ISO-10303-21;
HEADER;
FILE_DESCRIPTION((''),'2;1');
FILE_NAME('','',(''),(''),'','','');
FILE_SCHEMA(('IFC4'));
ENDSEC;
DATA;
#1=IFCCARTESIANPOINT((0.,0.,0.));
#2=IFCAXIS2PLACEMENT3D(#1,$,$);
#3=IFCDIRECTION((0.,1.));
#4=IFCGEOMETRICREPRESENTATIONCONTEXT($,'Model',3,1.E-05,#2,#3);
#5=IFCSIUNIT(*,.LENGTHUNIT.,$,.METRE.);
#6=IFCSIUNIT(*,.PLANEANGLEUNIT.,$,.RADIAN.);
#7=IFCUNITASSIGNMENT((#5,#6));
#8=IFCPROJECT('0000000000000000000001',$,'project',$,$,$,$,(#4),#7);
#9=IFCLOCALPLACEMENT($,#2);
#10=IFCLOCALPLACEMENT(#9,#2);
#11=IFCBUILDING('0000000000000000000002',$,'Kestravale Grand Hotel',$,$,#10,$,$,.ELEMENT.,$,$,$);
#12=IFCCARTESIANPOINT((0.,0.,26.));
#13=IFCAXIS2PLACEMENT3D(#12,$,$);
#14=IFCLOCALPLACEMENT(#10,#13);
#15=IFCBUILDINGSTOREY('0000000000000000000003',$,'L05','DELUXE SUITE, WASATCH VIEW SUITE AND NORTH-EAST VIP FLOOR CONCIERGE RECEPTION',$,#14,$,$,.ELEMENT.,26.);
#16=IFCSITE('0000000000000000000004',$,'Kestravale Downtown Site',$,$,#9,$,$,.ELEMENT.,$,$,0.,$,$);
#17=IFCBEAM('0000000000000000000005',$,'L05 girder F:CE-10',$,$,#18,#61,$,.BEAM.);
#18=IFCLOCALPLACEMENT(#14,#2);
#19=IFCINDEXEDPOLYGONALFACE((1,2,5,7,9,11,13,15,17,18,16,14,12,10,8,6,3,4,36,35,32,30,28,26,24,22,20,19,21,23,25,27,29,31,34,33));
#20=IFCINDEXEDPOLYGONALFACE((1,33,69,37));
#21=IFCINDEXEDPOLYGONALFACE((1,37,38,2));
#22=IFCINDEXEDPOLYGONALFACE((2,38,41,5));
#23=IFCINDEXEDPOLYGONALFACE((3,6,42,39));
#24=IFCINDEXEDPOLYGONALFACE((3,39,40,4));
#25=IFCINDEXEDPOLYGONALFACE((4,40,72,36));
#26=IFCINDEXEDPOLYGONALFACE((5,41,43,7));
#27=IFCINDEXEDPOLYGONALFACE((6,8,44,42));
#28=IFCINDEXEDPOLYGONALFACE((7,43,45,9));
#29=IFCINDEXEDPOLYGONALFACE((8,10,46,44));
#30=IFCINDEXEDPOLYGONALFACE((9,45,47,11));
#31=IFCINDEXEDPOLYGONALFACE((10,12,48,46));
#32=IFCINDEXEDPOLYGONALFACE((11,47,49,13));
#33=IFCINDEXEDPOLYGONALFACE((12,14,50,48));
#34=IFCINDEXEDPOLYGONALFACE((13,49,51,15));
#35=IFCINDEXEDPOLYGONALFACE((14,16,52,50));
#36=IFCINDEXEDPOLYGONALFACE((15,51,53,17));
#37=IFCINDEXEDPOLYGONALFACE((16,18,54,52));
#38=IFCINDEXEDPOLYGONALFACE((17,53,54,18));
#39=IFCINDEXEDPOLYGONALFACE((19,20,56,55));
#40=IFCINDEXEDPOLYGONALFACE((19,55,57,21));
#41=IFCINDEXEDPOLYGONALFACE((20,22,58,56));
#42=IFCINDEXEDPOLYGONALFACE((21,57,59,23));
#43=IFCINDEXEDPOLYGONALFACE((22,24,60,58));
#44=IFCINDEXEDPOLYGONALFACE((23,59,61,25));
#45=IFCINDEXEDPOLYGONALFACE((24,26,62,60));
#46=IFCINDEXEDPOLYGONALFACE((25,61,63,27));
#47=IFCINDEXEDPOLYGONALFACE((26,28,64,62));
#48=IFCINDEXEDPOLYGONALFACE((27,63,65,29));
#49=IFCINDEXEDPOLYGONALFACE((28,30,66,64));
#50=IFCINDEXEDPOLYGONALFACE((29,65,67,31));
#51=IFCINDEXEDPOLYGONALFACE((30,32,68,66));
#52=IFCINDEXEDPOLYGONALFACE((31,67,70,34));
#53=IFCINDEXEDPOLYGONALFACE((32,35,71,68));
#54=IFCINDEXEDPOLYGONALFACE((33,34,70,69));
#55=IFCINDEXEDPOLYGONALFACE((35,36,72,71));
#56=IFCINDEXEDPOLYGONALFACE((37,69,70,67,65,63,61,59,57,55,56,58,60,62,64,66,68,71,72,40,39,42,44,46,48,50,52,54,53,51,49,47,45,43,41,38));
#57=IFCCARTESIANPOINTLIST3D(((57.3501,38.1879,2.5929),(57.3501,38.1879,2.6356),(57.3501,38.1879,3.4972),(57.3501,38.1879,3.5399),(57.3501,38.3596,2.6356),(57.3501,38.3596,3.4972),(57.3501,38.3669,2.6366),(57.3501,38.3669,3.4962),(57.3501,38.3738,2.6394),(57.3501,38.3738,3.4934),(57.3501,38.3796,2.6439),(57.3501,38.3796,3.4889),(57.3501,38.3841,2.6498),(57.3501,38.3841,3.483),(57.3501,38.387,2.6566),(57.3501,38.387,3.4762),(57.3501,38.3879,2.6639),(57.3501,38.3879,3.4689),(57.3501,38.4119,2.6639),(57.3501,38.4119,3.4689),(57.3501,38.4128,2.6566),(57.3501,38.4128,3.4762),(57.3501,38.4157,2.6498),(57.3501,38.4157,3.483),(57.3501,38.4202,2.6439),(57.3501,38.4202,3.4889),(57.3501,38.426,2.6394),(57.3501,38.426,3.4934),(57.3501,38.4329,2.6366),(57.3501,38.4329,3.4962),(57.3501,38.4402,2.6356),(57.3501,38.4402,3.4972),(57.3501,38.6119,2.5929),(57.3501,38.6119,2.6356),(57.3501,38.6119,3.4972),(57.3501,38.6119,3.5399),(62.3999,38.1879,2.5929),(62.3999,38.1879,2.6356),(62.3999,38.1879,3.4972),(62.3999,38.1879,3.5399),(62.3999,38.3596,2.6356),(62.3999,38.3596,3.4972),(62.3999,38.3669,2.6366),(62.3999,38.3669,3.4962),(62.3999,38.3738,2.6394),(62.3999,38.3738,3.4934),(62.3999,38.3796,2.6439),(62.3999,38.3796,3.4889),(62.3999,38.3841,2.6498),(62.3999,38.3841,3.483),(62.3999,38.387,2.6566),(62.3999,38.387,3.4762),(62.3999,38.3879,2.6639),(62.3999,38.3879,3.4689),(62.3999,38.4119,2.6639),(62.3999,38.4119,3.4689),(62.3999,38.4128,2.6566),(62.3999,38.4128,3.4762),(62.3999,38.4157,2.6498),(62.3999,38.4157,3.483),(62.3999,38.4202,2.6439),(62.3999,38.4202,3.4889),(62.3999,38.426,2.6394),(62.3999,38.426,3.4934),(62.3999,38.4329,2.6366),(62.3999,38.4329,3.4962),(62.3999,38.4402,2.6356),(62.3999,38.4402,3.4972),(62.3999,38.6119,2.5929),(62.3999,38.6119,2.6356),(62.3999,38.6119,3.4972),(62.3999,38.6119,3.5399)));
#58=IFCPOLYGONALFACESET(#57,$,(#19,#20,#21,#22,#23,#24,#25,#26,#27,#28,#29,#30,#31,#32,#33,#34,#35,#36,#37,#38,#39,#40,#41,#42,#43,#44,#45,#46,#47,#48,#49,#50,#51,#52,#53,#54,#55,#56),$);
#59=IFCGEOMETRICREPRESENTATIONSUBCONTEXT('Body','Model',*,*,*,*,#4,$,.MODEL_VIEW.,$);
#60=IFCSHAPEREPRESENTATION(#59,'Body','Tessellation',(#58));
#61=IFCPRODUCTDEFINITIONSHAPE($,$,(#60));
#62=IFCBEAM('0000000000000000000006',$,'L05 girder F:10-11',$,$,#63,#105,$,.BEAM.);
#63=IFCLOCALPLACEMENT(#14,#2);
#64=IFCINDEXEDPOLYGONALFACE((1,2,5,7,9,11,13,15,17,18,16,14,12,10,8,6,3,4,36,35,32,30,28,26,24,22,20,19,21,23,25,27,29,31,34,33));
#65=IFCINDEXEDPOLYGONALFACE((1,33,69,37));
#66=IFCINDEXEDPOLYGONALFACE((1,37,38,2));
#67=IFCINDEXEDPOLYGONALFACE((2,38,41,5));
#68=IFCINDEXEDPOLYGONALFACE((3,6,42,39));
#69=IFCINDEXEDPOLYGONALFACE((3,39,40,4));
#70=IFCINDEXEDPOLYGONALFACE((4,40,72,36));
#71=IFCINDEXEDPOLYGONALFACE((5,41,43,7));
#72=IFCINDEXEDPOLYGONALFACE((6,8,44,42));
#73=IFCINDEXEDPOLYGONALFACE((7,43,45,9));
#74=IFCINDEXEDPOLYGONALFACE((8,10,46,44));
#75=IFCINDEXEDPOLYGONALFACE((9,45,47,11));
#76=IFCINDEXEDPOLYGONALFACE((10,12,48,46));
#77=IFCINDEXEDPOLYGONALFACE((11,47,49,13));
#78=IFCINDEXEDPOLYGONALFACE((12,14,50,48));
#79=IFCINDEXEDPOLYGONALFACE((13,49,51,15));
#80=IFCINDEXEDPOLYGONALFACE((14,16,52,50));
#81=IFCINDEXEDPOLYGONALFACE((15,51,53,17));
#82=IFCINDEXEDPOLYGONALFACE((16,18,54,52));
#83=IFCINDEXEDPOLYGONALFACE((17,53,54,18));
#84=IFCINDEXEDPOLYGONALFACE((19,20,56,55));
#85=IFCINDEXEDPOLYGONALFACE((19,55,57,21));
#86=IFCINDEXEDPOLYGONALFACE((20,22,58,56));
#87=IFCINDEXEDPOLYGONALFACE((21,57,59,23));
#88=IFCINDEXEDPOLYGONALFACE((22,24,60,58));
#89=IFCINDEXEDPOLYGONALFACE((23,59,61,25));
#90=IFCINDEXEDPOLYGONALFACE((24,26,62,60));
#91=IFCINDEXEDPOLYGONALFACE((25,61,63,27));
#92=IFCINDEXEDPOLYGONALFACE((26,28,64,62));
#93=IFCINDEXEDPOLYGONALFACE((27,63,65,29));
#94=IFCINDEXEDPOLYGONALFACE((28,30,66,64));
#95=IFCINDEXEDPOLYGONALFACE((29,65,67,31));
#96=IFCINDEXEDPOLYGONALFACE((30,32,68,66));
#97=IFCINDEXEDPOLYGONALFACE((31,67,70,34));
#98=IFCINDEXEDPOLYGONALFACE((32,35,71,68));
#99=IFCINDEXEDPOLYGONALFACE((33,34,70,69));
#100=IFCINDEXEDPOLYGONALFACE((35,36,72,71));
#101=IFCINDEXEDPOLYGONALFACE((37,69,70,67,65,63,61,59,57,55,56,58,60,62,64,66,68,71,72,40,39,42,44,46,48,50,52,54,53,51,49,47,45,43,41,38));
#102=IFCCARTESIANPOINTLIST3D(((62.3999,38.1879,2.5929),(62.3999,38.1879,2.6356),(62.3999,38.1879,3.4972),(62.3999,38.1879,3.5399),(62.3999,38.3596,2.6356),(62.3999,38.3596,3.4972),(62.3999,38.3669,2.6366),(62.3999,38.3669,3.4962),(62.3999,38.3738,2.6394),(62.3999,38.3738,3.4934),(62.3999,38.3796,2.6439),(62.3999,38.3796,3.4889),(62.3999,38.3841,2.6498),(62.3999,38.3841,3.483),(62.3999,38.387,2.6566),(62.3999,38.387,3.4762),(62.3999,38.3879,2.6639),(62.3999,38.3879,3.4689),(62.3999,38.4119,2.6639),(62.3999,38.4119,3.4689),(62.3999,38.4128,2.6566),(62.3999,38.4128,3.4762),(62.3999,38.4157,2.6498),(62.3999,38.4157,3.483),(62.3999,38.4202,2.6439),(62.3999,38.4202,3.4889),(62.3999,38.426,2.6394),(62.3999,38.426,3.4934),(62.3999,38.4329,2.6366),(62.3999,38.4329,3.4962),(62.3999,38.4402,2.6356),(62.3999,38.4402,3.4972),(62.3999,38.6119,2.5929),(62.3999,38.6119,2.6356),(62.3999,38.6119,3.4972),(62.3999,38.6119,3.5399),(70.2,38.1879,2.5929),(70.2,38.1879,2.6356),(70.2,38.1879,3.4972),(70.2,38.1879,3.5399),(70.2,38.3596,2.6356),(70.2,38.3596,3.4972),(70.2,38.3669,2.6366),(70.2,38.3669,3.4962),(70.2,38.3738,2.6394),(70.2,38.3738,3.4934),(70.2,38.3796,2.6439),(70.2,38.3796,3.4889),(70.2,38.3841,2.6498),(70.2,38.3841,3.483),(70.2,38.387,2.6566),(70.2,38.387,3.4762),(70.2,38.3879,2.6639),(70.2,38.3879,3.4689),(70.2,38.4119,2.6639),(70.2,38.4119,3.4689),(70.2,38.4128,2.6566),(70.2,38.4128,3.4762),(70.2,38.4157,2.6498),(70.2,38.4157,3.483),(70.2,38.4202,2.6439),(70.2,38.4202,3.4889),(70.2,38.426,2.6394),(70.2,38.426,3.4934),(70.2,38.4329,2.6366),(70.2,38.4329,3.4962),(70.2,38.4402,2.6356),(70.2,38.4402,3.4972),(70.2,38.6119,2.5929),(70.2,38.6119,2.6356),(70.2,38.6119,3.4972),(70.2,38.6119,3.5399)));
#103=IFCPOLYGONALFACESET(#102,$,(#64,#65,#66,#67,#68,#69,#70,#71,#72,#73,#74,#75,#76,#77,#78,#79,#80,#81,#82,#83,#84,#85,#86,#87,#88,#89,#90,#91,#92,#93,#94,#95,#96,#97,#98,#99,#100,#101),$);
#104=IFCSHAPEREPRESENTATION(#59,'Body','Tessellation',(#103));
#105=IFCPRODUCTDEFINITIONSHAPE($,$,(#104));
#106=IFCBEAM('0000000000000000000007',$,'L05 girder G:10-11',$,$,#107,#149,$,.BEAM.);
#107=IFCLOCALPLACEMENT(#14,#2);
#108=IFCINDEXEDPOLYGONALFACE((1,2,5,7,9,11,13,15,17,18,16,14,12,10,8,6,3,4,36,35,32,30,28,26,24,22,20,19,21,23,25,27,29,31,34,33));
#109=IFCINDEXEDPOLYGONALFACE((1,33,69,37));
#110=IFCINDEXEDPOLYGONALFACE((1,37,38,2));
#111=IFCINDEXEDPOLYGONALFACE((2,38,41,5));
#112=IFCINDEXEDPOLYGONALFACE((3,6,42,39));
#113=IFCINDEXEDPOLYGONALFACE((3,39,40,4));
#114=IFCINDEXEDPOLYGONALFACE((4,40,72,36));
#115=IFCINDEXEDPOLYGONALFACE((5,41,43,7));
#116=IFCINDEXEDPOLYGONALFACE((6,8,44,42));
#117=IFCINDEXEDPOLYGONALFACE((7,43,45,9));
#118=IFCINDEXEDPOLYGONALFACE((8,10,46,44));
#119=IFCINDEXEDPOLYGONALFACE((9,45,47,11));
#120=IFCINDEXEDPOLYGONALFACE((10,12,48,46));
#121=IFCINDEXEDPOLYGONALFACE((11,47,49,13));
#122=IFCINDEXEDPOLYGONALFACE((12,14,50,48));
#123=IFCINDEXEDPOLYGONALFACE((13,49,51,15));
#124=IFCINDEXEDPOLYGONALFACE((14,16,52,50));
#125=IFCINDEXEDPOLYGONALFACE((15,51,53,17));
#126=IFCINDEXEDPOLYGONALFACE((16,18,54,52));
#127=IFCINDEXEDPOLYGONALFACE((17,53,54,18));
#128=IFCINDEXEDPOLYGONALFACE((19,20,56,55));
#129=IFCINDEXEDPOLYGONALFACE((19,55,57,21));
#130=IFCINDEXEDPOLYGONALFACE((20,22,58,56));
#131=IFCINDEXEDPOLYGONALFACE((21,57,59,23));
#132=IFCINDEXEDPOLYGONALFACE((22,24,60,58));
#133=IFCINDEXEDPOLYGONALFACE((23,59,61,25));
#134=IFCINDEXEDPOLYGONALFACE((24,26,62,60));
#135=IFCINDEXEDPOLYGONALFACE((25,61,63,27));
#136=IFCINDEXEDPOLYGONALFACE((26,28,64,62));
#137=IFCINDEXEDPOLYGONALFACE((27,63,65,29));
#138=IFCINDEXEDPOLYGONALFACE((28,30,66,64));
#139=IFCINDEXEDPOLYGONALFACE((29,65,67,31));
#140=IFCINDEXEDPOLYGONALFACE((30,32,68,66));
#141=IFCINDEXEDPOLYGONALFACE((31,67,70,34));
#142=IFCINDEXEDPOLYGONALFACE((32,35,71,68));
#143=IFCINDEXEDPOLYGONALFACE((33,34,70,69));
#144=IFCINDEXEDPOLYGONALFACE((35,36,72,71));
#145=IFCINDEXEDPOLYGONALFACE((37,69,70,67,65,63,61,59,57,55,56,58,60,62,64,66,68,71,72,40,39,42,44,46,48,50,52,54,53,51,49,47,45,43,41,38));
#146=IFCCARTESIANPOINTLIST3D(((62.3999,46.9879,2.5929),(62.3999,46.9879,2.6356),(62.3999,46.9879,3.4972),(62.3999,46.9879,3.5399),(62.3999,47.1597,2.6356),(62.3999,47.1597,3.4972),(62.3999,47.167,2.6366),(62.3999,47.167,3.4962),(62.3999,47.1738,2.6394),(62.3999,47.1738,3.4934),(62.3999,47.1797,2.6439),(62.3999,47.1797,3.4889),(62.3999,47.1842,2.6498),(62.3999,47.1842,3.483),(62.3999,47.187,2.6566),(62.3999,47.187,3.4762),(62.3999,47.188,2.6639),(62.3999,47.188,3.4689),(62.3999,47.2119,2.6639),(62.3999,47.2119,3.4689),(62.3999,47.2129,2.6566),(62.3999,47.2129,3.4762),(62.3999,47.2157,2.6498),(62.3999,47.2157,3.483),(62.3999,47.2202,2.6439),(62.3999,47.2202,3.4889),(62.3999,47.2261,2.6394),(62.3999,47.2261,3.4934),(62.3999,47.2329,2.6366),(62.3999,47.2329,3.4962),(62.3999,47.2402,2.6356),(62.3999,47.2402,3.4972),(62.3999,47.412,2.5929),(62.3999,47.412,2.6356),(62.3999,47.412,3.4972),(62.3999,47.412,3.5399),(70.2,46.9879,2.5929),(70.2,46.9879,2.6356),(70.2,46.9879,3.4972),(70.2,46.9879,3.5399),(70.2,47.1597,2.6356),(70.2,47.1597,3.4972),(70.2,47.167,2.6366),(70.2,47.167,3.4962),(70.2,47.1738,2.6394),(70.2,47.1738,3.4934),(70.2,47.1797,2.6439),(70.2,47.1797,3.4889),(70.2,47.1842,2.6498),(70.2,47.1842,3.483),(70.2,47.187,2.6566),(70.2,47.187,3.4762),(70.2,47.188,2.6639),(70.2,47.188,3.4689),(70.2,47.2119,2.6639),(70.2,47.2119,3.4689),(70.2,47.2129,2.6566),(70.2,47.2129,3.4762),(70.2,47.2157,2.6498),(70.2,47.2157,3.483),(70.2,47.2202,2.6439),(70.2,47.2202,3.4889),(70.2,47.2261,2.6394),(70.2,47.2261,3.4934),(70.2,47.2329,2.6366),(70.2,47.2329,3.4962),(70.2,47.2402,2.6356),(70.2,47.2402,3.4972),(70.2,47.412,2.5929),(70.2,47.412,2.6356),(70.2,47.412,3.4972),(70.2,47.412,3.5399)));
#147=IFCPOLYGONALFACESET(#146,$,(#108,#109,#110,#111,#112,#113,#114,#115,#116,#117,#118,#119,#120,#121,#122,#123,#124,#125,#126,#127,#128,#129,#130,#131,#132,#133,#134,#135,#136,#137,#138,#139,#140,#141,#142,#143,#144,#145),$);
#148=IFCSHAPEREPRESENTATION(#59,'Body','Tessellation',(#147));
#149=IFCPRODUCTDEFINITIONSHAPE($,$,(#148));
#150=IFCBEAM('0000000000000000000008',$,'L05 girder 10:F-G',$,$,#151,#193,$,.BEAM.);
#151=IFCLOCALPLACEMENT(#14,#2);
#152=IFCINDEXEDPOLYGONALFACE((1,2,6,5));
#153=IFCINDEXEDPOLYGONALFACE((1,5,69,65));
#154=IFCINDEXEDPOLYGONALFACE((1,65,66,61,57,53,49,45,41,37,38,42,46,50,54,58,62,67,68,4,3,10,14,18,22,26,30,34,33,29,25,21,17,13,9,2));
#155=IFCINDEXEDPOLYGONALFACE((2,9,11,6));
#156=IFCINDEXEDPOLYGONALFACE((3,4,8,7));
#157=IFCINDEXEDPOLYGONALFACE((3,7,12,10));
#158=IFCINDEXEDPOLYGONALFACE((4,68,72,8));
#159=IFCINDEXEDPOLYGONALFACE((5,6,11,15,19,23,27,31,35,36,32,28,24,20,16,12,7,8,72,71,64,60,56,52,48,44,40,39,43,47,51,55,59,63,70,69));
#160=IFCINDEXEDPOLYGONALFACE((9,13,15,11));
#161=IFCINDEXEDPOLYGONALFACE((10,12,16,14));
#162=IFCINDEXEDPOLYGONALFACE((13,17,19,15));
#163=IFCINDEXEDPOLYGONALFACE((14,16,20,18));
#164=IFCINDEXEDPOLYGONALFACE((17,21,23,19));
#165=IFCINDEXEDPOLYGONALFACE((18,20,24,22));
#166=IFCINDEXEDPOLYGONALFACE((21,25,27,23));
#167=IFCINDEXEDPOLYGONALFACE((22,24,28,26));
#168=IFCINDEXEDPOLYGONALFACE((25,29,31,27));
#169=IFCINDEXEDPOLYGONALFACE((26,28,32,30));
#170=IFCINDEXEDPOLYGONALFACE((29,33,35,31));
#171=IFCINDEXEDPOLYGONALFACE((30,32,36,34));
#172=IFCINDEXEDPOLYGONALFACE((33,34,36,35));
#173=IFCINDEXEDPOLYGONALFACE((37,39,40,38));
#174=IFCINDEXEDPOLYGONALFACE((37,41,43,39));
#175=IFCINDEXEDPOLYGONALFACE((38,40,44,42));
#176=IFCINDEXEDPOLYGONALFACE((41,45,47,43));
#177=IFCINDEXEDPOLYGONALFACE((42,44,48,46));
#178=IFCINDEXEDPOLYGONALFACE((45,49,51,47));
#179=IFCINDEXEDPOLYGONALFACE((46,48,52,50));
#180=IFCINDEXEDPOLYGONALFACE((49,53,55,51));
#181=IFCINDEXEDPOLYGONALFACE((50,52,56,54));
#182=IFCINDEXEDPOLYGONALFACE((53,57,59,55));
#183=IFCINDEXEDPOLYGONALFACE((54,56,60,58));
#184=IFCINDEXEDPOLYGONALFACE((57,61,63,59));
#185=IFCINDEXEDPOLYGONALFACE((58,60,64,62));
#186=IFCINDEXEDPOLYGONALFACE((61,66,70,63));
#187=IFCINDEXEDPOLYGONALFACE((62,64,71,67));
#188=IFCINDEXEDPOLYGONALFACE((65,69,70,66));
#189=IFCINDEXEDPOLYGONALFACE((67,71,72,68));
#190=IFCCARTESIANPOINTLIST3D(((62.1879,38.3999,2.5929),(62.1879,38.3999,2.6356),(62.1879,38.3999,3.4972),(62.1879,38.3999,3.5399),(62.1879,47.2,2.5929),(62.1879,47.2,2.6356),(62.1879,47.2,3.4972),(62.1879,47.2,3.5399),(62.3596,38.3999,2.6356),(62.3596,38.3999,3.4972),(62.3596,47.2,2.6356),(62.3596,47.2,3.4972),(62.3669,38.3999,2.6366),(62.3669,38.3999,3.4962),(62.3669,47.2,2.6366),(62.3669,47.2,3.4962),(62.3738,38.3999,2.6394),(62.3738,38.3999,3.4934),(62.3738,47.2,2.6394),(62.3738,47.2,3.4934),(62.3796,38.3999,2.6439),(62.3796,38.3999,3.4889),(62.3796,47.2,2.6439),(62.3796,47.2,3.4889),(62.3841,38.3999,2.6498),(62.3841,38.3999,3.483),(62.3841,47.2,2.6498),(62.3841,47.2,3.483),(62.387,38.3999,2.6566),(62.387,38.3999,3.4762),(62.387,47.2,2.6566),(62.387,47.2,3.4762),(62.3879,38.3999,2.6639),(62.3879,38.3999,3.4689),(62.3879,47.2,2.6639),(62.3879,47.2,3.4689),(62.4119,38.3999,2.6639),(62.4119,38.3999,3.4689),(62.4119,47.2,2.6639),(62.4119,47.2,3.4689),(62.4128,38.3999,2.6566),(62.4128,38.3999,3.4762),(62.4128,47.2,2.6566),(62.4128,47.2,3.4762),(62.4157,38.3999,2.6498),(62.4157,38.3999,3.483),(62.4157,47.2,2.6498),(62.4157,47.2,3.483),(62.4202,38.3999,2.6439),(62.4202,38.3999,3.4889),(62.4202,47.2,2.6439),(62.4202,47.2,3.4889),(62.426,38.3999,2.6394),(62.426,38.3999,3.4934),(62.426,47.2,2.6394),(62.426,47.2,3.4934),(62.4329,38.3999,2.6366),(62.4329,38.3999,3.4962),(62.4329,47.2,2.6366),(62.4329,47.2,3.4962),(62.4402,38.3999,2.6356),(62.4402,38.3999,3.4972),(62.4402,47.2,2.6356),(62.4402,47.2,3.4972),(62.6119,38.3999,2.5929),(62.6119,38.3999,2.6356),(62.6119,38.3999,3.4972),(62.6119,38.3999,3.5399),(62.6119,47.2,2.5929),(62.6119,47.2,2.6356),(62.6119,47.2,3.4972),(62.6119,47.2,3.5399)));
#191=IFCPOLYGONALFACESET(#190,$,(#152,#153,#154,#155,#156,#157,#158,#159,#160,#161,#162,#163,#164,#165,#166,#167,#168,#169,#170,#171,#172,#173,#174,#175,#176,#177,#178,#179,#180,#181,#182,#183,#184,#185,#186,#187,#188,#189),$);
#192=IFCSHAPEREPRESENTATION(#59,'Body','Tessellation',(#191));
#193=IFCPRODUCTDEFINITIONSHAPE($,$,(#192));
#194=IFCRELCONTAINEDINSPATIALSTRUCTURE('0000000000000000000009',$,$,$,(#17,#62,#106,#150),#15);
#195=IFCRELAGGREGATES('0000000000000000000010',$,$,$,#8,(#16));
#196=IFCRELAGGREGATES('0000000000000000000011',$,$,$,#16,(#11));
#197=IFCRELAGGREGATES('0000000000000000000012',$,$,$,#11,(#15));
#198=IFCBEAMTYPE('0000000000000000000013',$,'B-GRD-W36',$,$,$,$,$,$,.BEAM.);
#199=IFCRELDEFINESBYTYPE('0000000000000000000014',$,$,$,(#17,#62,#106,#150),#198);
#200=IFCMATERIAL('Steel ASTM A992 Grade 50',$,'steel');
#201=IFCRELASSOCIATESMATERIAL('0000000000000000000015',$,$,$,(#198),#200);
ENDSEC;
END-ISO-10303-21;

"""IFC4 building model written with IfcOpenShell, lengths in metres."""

from ifc_helpers import new_model, si_unit, direction, frame, origin, origin_2d, place, context, subcontext, project, spatial, i_section, extrude, material, material_profile, profile_set, type_object, element, save


model = new_model("IFC4")

# Units and contexts
model_context = context("Model", 3, precision=1e-05, world=origin(), true_north=direction((0.0, 1.0)))
body_context = subcontext(model_context, "Body", "Model", "MODEL_VIEW")
ifc_project = project(units=[si_unit("LENGTHUNIT", "METRE"), si_unit("PLANEANGLEUNIT", "RADIAN")], contexts=[model_context])

# Site, building, storey
site_placement = place(None, origin())
site = spatial("IfcSite", under=ifc_project, at=site_placement, Name="Kestravale Downtown Site", CompositionType="ELEMENT", RefElevation=0.0)
building_placement = place(site_placement, origin())
building = spatial("IfcBuilding", under=site, at=building_placement, Name="Kestravale Grand Hotel", CompositionType="ELEMENT")
storey_placement = place(building_placement, frame((0.0, 0.0, 26.0)))
storey = spatial("IfcBuildingStorey", under=building, at=storey_placement, Name="L05", Description="DELUXE SUITE, WASATCH VIEW SUITE AND NORTH-EAST VIP FLOOR CONCIERGE RECEPTION", CompositionType="ELEMENT", Elevation=26.0)

# Beams
ifc_material_1 = material(Name="Steel ASTM A992 Grade 50", Category="steel")
ifc_material_profile_1 = material_profile(ifc_material_1, i_section(OverallWidth=0.4241, OverallDepth=0.947, WebThickness=0.0239, FlangeThickness=0.0427, FilletRadius=0.0283, at=origin_2d()))
ifc_profile_set_1 = profile_set([ifc_material_profile_1], Name="Steel ASTM A992 Grade 50")
beam_type_1 = type_object("IfcBeamType", Name="B-GRD-W36", PredefinedType="BEAM", material=ifc_profile_set_1)
beam_1_placement = place(storey_placement, frame((57.3501, 38.3999, 3.0664), z_axis=(1.0, 0.0, 0.0), x_axis=(0.0, 1.0, 0.0)))
element("IfcBeam", 1, at=beam_1_placement, inside=storey, type_object=beam_type_1, Name="L05 girder F:CE-10", PredefinedType="BEAM", context=body_context, shape_type="SweptSolid", body=[
    extrude(i_section(OverallWidth=0.4241, OverallDepth=0.947, WebThickness=0.0239, FlangeThickness=0.0427, FilletRadius=0.0283, at=origin_2d()), origin(), (0.0, 0.0, 1.0), 5.0498),
])
for number, where, z_axis, x_axis, name in (
    (2, (62.3999, 38.3999, 3.0664), (1.0, 0.0, 0.0), (0.0, 1.0, 0.0), "L05 girder F:10-11"),
    (3, (62.3999, 47.2, 3.0664), (1.0, 0.0, 0.0), (0.0, 1.0, 0.0), "L05 girder G:10-11"),
):
    element("IfcBeam", number, at=place(storey_placement, frame(where, z_axis=z_axis, x_axis=x_axis)), inside=storey, type_object=beam_type_1, Name=name, PredefinedType="BEAM", context=body_context, shape_type="SweptSolid", body=[
        extrude(i_section(OverallWidth=0.4241, OverallDepth=0.947, WebThickness=0.0239, FlangeThickness=0.0427, FilletRadius=0.0283, at=origin_2d()), origin(), (0.0, 0.0, 1.0), 7.8),
    ])
beam_2_placement = place(storey_placement, frame((62.3999, 38.3999, 3.0664), z_axis=(0.0, 1.0, 0.0), x_axis=(-1.0, 0.0, 0.0)))
element("IfcBeam", 4, at=beam_2_placement, inside=storey, type_object=beam_type_1, Name="L05 girder 10:F-G", PredefinedType="BEAM", context=body_context, shape_type="SweptSolid", body=[
    extrude(i_section(OverallWidth=0.4241, OverallDepth=0.947, WebThickness=0.0239, FlangeThickness=0.0427, FilletRadius=0.0283, at=origin_2d()), origin(), (0.0, 0.0, 1.0), 8.8),
])

save(model, "model.ifc")
